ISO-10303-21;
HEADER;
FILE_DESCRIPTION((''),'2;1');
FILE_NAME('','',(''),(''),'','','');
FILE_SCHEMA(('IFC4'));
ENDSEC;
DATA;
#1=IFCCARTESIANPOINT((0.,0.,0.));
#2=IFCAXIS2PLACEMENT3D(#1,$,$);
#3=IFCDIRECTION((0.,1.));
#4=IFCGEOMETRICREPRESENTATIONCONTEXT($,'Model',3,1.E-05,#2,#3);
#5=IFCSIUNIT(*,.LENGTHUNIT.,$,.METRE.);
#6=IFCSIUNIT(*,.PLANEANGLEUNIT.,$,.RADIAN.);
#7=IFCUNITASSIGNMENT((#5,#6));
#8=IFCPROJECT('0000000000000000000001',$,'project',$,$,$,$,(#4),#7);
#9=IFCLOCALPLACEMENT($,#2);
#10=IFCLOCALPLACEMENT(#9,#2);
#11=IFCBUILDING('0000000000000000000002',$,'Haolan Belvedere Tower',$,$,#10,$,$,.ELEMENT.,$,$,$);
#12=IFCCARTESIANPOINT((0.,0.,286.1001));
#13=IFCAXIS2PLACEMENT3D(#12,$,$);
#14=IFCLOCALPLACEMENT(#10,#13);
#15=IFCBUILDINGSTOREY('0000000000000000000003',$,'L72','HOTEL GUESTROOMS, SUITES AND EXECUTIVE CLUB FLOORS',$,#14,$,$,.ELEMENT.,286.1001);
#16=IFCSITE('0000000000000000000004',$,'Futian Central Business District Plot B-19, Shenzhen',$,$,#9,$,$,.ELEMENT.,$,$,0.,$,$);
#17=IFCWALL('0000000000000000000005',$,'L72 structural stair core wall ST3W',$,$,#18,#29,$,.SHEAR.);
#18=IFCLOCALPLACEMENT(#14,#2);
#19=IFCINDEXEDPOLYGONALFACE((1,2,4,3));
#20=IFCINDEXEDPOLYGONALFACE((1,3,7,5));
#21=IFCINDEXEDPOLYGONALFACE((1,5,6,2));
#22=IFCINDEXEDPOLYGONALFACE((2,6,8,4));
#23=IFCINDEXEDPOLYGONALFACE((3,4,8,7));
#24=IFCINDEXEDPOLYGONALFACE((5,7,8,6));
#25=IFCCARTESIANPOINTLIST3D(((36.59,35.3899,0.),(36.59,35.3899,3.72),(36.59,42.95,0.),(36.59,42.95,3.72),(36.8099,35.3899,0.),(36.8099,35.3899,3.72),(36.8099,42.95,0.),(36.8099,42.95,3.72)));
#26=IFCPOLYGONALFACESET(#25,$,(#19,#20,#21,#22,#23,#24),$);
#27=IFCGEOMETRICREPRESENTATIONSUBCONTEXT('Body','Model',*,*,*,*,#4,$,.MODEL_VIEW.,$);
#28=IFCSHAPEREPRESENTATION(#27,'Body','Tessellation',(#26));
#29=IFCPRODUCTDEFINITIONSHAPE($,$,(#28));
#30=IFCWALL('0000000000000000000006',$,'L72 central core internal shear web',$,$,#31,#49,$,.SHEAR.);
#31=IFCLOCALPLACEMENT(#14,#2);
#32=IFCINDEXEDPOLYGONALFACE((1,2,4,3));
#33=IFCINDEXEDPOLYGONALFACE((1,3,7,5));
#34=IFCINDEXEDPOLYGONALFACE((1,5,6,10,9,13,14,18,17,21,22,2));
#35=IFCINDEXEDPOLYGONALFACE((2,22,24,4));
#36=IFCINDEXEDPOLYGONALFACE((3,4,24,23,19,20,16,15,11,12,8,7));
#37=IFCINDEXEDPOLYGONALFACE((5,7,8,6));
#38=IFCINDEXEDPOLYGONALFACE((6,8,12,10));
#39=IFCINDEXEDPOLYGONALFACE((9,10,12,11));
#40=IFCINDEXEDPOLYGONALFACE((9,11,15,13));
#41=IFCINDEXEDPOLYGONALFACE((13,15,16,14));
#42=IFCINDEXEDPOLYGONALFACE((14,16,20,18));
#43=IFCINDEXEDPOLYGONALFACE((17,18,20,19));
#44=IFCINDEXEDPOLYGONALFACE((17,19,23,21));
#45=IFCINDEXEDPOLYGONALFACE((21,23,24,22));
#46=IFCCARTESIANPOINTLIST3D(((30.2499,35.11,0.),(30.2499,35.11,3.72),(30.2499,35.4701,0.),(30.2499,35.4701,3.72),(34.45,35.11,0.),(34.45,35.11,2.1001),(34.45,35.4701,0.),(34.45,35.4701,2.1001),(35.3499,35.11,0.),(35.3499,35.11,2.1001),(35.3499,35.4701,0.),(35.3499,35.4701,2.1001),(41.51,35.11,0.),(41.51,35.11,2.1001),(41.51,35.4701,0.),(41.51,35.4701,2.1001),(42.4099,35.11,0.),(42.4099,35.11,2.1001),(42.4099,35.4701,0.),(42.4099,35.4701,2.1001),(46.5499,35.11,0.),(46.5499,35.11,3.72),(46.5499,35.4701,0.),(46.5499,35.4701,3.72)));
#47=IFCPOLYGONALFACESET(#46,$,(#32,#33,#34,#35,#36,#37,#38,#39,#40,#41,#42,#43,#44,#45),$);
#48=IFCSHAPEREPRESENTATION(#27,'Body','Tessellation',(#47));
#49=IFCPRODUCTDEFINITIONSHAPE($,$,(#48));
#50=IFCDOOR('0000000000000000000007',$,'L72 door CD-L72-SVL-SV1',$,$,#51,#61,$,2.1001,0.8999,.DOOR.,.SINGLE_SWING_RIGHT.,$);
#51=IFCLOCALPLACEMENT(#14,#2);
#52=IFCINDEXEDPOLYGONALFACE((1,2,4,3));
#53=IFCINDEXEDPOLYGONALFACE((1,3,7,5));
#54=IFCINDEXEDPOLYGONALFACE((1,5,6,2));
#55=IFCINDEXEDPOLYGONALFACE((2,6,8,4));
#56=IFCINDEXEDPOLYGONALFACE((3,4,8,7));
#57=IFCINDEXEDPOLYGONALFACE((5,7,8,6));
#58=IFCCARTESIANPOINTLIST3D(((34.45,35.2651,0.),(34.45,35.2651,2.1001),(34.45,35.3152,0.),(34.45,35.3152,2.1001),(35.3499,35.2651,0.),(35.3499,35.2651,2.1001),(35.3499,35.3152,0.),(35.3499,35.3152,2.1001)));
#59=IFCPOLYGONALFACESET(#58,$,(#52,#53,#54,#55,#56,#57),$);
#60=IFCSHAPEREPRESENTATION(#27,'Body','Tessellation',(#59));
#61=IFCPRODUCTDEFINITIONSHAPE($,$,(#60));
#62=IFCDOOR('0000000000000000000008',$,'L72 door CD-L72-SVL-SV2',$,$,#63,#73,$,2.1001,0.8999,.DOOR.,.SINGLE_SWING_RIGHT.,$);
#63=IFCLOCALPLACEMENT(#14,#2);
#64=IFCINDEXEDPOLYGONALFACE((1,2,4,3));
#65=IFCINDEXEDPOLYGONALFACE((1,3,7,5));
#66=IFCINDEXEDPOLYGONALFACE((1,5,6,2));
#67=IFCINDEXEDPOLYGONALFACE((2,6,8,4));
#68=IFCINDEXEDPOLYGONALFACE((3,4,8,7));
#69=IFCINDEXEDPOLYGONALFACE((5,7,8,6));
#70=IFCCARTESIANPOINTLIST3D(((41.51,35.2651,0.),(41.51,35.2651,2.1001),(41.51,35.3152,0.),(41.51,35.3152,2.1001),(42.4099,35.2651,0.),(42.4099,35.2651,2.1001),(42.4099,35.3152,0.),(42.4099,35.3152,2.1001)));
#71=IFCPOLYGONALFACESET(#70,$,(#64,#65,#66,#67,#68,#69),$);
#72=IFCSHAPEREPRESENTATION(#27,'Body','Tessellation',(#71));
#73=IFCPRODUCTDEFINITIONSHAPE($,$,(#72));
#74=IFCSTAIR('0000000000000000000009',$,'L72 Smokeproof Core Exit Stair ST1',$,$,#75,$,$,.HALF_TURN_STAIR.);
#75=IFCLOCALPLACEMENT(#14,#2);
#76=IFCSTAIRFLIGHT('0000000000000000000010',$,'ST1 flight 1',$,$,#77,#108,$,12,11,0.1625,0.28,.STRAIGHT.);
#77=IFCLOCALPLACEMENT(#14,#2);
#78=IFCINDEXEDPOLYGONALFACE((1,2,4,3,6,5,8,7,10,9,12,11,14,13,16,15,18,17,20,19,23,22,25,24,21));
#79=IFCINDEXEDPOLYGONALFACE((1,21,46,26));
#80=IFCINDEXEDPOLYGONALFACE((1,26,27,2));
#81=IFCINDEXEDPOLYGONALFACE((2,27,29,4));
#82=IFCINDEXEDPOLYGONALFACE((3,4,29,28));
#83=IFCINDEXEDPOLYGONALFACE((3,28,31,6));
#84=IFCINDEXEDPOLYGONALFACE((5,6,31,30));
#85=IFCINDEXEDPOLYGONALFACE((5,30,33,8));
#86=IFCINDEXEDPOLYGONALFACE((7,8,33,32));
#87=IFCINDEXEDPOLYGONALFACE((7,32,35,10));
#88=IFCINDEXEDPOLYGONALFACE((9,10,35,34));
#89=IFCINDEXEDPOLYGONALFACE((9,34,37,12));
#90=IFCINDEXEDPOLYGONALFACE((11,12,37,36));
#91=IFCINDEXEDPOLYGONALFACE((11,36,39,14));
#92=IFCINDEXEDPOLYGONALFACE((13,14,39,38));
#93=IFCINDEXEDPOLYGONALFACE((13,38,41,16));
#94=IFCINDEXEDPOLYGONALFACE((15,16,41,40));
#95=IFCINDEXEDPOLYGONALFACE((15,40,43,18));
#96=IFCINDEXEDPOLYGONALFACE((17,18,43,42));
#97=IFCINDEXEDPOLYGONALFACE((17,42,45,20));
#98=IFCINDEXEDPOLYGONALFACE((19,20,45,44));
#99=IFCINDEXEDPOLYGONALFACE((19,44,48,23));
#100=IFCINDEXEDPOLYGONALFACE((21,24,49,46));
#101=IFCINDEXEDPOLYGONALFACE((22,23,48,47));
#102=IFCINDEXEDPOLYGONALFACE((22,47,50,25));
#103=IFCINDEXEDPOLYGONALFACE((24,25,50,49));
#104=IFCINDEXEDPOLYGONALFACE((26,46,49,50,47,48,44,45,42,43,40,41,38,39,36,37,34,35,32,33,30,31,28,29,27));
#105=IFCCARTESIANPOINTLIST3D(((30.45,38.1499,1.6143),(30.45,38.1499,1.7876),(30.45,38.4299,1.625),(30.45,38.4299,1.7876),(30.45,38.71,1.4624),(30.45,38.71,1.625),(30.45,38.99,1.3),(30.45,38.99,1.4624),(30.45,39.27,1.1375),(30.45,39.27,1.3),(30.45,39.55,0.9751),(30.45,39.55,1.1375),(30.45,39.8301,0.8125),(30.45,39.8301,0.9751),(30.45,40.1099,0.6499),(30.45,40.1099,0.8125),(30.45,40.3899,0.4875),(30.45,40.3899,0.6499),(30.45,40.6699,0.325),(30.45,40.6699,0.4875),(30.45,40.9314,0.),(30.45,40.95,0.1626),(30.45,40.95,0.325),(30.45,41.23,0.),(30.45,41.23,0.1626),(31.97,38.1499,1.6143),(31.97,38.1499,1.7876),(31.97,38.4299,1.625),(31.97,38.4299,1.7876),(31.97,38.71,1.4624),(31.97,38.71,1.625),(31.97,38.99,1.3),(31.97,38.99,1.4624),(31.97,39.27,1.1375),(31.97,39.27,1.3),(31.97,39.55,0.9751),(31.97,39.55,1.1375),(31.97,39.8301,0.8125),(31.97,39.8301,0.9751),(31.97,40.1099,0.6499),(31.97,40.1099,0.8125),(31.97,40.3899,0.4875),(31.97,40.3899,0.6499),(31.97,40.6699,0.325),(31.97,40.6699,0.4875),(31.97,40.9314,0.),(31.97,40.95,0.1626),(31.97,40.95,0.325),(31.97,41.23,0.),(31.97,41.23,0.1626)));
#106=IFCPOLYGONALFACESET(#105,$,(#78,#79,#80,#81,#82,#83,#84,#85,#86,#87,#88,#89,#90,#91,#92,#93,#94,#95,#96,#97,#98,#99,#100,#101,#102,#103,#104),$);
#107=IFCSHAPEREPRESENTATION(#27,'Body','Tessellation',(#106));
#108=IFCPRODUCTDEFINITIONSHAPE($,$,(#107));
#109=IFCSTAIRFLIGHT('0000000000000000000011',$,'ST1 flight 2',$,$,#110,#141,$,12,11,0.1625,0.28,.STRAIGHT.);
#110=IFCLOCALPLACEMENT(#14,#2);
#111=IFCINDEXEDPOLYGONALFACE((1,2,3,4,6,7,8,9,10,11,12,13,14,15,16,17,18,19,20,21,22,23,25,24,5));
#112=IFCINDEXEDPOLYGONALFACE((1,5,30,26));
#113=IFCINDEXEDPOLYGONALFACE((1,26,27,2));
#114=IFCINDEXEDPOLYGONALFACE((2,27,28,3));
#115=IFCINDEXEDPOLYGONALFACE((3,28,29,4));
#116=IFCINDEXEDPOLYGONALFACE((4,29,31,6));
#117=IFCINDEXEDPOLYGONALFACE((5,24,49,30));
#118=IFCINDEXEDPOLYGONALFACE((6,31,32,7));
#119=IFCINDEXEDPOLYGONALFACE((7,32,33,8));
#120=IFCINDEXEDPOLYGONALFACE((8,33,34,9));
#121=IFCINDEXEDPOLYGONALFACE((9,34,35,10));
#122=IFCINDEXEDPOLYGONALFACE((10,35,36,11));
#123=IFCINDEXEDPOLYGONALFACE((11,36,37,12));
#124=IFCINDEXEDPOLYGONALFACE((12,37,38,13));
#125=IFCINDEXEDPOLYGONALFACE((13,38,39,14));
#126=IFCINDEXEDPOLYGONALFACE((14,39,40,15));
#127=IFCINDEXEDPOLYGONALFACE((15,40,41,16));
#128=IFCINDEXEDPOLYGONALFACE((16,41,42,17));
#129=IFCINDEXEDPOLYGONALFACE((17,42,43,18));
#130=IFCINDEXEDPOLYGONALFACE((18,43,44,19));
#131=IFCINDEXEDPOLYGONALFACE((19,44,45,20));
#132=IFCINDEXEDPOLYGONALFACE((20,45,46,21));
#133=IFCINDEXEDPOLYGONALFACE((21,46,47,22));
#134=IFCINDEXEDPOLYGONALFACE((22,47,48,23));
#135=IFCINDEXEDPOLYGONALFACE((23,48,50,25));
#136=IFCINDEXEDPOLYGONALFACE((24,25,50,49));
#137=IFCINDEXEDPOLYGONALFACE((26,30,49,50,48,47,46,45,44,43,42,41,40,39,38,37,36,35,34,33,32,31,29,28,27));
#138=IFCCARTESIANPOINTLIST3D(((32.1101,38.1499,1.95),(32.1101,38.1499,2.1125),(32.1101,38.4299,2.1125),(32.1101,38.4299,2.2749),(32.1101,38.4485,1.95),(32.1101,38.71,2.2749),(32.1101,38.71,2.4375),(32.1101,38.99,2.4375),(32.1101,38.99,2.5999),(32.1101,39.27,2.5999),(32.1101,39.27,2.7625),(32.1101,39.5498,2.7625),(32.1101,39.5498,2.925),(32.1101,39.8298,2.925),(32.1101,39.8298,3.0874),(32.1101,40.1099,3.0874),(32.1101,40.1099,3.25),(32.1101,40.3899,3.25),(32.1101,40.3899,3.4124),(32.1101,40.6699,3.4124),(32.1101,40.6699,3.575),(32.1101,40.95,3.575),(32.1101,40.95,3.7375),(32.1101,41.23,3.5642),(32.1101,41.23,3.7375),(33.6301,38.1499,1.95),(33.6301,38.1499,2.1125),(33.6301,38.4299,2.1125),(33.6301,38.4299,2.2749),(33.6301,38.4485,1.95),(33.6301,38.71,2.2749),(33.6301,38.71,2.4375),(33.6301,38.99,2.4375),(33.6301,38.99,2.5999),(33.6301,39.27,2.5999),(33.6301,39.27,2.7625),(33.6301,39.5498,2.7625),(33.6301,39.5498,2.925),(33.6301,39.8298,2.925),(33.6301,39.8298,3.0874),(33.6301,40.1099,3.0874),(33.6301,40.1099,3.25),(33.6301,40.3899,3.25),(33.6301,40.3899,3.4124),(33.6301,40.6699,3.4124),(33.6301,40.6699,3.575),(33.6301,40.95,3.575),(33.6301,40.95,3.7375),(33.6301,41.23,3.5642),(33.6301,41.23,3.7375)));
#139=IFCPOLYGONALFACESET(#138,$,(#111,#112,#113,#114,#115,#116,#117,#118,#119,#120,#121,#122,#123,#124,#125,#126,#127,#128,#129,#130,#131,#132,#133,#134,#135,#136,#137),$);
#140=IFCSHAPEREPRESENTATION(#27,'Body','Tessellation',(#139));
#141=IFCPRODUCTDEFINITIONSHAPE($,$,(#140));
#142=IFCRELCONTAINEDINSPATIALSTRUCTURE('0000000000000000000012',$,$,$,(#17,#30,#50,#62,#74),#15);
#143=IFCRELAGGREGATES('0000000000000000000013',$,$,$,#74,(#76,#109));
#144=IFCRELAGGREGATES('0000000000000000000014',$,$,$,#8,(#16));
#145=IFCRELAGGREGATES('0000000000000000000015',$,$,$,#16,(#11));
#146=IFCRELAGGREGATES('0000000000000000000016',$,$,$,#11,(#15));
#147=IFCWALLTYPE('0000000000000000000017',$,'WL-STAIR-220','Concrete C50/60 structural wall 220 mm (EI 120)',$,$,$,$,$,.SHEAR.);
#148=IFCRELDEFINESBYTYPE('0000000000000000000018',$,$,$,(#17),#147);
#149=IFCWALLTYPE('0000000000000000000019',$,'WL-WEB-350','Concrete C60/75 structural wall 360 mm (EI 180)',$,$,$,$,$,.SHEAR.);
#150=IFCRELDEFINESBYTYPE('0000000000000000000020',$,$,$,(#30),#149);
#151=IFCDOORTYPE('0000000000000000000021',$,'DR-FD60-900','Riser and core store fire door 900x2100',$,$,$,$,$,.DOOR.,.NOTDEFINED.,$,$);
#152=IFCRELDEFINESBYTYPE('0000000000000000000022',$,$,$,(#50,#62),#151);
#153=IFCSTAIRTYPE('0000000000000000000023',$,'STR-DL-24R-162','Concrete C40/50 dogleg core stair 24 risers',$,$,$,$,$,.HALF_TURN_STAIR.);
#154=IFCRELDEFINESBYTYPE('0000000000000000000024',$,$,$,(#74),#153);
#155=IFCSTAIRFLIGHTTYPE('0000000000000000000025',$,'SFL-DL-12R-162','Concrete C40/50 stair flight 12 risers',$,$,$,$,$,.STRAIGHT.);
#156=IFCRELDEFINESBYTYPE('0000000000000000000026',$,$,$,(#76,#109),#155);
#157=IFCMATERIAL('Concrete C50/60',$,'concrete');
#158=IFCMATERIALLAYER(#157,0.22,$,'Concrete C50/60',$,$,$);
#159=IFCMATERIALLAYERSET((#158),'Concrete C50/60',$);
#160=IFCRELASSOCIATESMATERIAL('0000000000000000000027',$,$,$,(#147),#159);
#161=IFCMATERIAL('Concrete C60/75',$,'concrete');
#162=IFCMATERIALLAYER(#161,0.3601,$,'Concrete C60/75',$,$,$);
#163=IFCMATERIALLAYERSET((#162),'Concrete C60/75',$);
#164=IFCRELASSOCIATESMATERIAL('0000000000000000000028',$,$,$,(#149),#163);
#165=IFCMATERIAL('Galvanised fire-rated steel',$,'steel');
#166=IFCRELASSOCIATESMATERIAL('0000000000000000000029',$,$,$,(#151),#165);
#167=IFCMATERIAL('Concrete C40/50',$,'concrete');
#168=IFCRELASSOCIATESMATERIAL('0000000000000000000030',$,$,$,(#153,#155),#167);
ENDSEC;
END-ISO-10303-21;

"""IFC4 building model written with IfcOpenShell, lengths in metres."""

from ifc_helpers import new_model, si_unit, direction, frame, frame_2d, origin, place, context, subcontext, project, spatial, polyline, rectangle, outline, extrude, material, layer, layer_set, type_object, element, fill, aggregate, save


model = new_model("IFC4")

# Units and contexts
model_context = context("Model", 3, precision=1e-05, world=origin(), true_north=direction((0.0, 1.0)))
body_context = subcontext(model_context, "Body", "Model", "MODEL_VIEW")
ifc_project = project(units=[si_unit("LENGTHUNIT", "METRE"), si_unit("PLANEANGLEUNIT", "RADIAN")], contexts=[model_context])

# Site, building, storey
site_placement = place(None, origin())
site = spatial("IfcSite", under=ifc_project, at=site_placement, Name="Futian Central Business District Plot B-19, Shenzhen", CompositionType="ELEMENT", RefElevation=0.0)
building_placement = place(site_placement, origin())
building = spatial("IfcBuilding", under=site, at=building_placement, Name="Haolan Belvedere Tower", CompositionType="ELEMENT")
storey_placement = place(building_placement, frame((0.0, 0.0, 286.1001)))
storey = spatial("IfcBuildingStorey", under=building, at=storey_placement, Name="L72", Description="HOTEL GUESTROOMS, SUITES AND EXECUTIVE CLUB FLOORS", CompositionType="ELEMENT", Elevation=286.1001)

# Wall
ifc_material_1 = material(Name="Concrete C50/60", Category="concrete")
ifc_layer_1 = layer(ifc_material_1, 0.22, Name="Concrete C50/60")
ifc_layer_set_1 = layer_set([ifc_layer_1], Name="Concrete C50/60")
wall_type_1 = type_object("IfcWallType", Name="WL-STAIR-220", Description="Concrete C50/60 structural wall 220 mm (EI 120)", PredefinedType="SHEAR", material=ifc_layer_set_1)
for number, where, z_axis, x_axis, name in (
    (1, (36.7, 35.3899, 0.0), (0.0, 0.0, 1.0), (0.0, 1.0, 0.0), "L72 structural stair core wall ST3W"),
):
    element("IfcWall", number, at=place(storey_placement, frame(where, z_axis=z_axis, x_axis=x_axis)), inside=storey, type_object=wall_type_1, Name=name, PredefinedType="SHEAR", context=body_context, shape_type="SweptSolid", body=[
        extrude(rectangle(XDim=7.5601, YDim=0.22, at=frame_2d((3.78, 0.0))), origin(), (0.0, 0.0, 1.0), 3.72),
    ])

# Wall, openings, doors
ifc_material_2 = material(Name="Concrete C60/75", Category="concrete")
ifc_layer_2 = layer(ifc_material_2, 0.3601, Name="Concrete C60/75")
ifc_layer_set_2 = layer_set([ifc_layer_2], Name="Concrete C60/75")
wall_type_2 = type_object("IfcWallType", Name="WL-WEB-350", Description="Concrete C60/75 structural wall 360 mm (EI 180)", PredefinedType="SHEAR", material=ifc_layer_set_2)
wall_1_placement = place(storey_placement, frame((30.25, 35.29, 0.0), z_axis=(0.0, 0.0, 1.0), x_axis=(1.0, 0.0, 0.0)))
wall_1 = element("IfcWall", 2, at=wall_1_placement, inside=storey, type_object=wall_type_2, Name="L72 central core internal shear web", PredefinedType="SHEAR", context=body_context, shape_type="SweptSolid", body=[
    extrude(rectangle(XDim=16.3, YDim=0.3601, at=frame_2d((8.1499, 0.0))), origin(), (0.0, 0.0, 1.0), 3.72),
])
opening_1_placement = place(wall_1_placement, frame((5.0999, 0.0, 0.0), z_axis=(0.0, 0.0, 1.0), x_axis=(-1.0, 0.0, 0.0)))
opening_1 = element("IfcOpeningElement", 3, at=opening_1_placement, cuts=wall_1, PredefinedType="OPENING", context=body_context, shape_type="SweptSolid", body=[
    extrude(rectangle(XDim=0.8999, YDim=2.1001, at=frame_2d((0.45, 1.05))), frame((0.0, 0.1899, 0.0), z_axis=(0.0, -1.0, 0.0), x_axis=(1.0, 0.0, 0.0)), (0.0, 0.0, 1.0), 0.3801),
])
opening_2_placement = place(wall_1_placement, frame((12.1599, 0.0, 0.0), z_axis=(0.0, 0.0, 1.0), x_axis=(-1.0, 0.0, 0.0)))
opening_2 = element("IfcOpeningElement", 4, at=opening_2_placement, cuts=wall_1, PredefinedType="OPENING", context=body_context, shape_type="SweptSolid", body=[
    extrude(rectangle(XDim=0.8999, YDim=2.1001, at=frame_2d((0.45, 1.05))), frame((0.0, 0.1899, 0.0), z_axis=(0.0, -1.0, 0.0), x_axis=(1.0, 0.0, 0.0)), (0.0, 0.0, 1.0), 0.3801),
])
ifc_material_3 = material(Name="Galvanised fire-rated steel", Category="steel")
door_type_1 = type_object("IfcDoorType", Name="DR-FD60-900", Description="Riser and core store fire door 900x2100", OperationType="NOTDEFINED", PredefinedType="DOOR", material=ifc_material_3)
door_1_placement = place(opening_1_placement, origin())
door_1 = element("IfcDoor", 5, at=door_1_placement, inside=storey, type_object=door_type_1, Name="L72 door CD-L72-SVL-SV1", OperationType="SINGLE_SWING_RIGHT", OverallHeight=2.1001, OverallWidth=0.8999, PredefinedType="DOOR", context=body_context, shape_type="SweptSolid", body=[
    extrude(rectangle(XDim=0.8999, YDim=2.1001, at=frame_2d((0.45, 1.05))), frame((0.0, 0.0249, 0.0), z_axis=(0.0, -1.0, 0.0), x_axis=(1.0, 0.0, 0.0)), (0.0, 0.0, 1.0), 0.05),
])
fill(opening_1, door_1)
door_2_placement = place(opening_2_placement, origin())
door_2 = element("IfcDoor", 6, at=door_2_placement, inside=storey, type_object=door_type_1, Name="L72 door CD-L72-SVL-SV2", OperationType="SINGLE_SWING_RIGHT", OverallHeight=2.1001, OverallWidth=0.8999, PredefinedType="DOOR", context=body_context, shape_type="SweptSolid", body=[
    extrude(rectangle(XDim=0.8999, YDim=2.1001, at=frame_2d((0.45, 1.05))), frame((0.0, 0.0249, 0.0), z_axis=(0.0, -1.0, 0.0), x_axis=(1.0, 0.0, 0.0)), (0.0, 0.0, 1.0), 0.05),
])
fill(opening_2, door_2)

# Stair, stair flights
ifc_material_4 = material(Name="Concrete C40/50", Category="concrete")
stair_type = type_object("IfcStairType", Name="STR-DL-24R-162", Description="Concrete C40/50 dogleg core stair 24 risers", PredefinedType="HALF_TURN_STAIR", material=ifc_material_4)
stair_1_placement = place(storey_placement, origin())
stair_1 = element("IfcStair", 7, at=stair_1_placement, inside=storey, type_object=stair_type, Name="L72 Smokeproof Core Exit Stair ST1", PredefinedType="HALF_TURN_STAIR")
stair_flight_type = type_object("IfcStairFlightType", Name="SFL-DL-12R-162", Description="Concrete C40/50 stair flight 12 risers", PredefinedType="STRAIGHT", material=ifc_material_4)
stair_flight_1_placement = place(storey_placement, frame((31.21, 41.23, 0.0), z_axis=(0.0, 0.0, 1.0), x_axis=(0.0, -1.0, 0.0)))
stair_flight_1 = element("IfcStairFlight", 8, at=stair_flight_1_placement, type_object=stair_flight_type, Name="ST1 flight 1", NumberOfRisers=12, NumberOfTreads=11, PredefinedType="STRAIGHT", RiserHeight=0.1625, TreadLength=0.28, context=body_context, shape_type="SweptSolid", body=[
    extrude(outline(polyline([(0.0, 0.0), (0.0, 0.1626), (0.28, 0.1626), (0.28, 0.325), (0.5601, 0.325), (0.5601, 0.4875), (0.8401, 0.4875), (0.8401, 0.6499), (1.1201, 0.6499), (1.1201, 0.8125), (1.3999, 0.8125), (1.3999, 0.9751), (1.6799, 0.9751), (1.6799, 1.1375), (1.96, 1.1375), (1.96, 1.3), (2.24, 1.3), (2.24, 1.4624), (2.52, 1.4624), (2.52, 1.625), (2.8, 1.625), (2.8, 1.7876), (3.0801, 1.7876), (3.0801, 1.95), (3.0801, 1.6143), (0.2986, 0.0), (0.0, 0.0)])), frame((0.0, 0.76, 0.0), z_axis=(0.0, -1.0, 0.0), x_axis=(1.0, 0.0, 0.0)), (0.0, 0.0, 1.0), 1.52),
])
stair_flight_2_placement = place(storey_placement, frame((32.8701, 38.1499, 1.95), z_axis=(0.0, 0.0, 1.0), x_axis=(0.0, 1.0, 0.0)))
stair_flight_2 = element("IfcStairFlight", 9, at=stair_flight_2_placement, type_object=stair_flight_type, Name="ST1 flight 2", NumberOfRisers=12, NumberOfTreads=11, PredefinedType="STRAIGHT", RiserHeight=0.1625, TreadLength=0.28, context=body_context, shape_type="SweptSolid", body=[
    extrude(outline(polyline([(0.0, 0.0), (0.0, 0.1626), (0.28, 0.1626), (0.28, 0.325), (0.5601, 0.325), (0.5601, 0.4875), (0.8401, 0.4875), (0.8401, 0.6499), (1.1201, 0.6499), (1.1201, 0.8125), (1.3999, 0.8125), (1.3999, 0.9751), (1.6799, 0.9751), (1.6799, 1.1375), (1.96, 1.1375), (1.96, 1.3), (2.24, 1.3), (2.24, 1.4624), (2.52, 1.4624), (2.52, 1.625), (2.8, 1.625), (2.8, 1.7876), (3.0801, 1.7876), (3.0801, 1.95), (3.0801, 1.6143), (0.2986, 0.0), (0.0, 0.0)])), frame((0.0, 0.76, 0.0), z_axis=(0.0, -1.0, 0.0), x_axis=(1.0, 0.0, 0.0)), (0.0, 0.0, 1.0), 1.52),
])
aggregate(stair_1, [stair_flight_1, stair_flight_2])

save(model, "model.ifc")
